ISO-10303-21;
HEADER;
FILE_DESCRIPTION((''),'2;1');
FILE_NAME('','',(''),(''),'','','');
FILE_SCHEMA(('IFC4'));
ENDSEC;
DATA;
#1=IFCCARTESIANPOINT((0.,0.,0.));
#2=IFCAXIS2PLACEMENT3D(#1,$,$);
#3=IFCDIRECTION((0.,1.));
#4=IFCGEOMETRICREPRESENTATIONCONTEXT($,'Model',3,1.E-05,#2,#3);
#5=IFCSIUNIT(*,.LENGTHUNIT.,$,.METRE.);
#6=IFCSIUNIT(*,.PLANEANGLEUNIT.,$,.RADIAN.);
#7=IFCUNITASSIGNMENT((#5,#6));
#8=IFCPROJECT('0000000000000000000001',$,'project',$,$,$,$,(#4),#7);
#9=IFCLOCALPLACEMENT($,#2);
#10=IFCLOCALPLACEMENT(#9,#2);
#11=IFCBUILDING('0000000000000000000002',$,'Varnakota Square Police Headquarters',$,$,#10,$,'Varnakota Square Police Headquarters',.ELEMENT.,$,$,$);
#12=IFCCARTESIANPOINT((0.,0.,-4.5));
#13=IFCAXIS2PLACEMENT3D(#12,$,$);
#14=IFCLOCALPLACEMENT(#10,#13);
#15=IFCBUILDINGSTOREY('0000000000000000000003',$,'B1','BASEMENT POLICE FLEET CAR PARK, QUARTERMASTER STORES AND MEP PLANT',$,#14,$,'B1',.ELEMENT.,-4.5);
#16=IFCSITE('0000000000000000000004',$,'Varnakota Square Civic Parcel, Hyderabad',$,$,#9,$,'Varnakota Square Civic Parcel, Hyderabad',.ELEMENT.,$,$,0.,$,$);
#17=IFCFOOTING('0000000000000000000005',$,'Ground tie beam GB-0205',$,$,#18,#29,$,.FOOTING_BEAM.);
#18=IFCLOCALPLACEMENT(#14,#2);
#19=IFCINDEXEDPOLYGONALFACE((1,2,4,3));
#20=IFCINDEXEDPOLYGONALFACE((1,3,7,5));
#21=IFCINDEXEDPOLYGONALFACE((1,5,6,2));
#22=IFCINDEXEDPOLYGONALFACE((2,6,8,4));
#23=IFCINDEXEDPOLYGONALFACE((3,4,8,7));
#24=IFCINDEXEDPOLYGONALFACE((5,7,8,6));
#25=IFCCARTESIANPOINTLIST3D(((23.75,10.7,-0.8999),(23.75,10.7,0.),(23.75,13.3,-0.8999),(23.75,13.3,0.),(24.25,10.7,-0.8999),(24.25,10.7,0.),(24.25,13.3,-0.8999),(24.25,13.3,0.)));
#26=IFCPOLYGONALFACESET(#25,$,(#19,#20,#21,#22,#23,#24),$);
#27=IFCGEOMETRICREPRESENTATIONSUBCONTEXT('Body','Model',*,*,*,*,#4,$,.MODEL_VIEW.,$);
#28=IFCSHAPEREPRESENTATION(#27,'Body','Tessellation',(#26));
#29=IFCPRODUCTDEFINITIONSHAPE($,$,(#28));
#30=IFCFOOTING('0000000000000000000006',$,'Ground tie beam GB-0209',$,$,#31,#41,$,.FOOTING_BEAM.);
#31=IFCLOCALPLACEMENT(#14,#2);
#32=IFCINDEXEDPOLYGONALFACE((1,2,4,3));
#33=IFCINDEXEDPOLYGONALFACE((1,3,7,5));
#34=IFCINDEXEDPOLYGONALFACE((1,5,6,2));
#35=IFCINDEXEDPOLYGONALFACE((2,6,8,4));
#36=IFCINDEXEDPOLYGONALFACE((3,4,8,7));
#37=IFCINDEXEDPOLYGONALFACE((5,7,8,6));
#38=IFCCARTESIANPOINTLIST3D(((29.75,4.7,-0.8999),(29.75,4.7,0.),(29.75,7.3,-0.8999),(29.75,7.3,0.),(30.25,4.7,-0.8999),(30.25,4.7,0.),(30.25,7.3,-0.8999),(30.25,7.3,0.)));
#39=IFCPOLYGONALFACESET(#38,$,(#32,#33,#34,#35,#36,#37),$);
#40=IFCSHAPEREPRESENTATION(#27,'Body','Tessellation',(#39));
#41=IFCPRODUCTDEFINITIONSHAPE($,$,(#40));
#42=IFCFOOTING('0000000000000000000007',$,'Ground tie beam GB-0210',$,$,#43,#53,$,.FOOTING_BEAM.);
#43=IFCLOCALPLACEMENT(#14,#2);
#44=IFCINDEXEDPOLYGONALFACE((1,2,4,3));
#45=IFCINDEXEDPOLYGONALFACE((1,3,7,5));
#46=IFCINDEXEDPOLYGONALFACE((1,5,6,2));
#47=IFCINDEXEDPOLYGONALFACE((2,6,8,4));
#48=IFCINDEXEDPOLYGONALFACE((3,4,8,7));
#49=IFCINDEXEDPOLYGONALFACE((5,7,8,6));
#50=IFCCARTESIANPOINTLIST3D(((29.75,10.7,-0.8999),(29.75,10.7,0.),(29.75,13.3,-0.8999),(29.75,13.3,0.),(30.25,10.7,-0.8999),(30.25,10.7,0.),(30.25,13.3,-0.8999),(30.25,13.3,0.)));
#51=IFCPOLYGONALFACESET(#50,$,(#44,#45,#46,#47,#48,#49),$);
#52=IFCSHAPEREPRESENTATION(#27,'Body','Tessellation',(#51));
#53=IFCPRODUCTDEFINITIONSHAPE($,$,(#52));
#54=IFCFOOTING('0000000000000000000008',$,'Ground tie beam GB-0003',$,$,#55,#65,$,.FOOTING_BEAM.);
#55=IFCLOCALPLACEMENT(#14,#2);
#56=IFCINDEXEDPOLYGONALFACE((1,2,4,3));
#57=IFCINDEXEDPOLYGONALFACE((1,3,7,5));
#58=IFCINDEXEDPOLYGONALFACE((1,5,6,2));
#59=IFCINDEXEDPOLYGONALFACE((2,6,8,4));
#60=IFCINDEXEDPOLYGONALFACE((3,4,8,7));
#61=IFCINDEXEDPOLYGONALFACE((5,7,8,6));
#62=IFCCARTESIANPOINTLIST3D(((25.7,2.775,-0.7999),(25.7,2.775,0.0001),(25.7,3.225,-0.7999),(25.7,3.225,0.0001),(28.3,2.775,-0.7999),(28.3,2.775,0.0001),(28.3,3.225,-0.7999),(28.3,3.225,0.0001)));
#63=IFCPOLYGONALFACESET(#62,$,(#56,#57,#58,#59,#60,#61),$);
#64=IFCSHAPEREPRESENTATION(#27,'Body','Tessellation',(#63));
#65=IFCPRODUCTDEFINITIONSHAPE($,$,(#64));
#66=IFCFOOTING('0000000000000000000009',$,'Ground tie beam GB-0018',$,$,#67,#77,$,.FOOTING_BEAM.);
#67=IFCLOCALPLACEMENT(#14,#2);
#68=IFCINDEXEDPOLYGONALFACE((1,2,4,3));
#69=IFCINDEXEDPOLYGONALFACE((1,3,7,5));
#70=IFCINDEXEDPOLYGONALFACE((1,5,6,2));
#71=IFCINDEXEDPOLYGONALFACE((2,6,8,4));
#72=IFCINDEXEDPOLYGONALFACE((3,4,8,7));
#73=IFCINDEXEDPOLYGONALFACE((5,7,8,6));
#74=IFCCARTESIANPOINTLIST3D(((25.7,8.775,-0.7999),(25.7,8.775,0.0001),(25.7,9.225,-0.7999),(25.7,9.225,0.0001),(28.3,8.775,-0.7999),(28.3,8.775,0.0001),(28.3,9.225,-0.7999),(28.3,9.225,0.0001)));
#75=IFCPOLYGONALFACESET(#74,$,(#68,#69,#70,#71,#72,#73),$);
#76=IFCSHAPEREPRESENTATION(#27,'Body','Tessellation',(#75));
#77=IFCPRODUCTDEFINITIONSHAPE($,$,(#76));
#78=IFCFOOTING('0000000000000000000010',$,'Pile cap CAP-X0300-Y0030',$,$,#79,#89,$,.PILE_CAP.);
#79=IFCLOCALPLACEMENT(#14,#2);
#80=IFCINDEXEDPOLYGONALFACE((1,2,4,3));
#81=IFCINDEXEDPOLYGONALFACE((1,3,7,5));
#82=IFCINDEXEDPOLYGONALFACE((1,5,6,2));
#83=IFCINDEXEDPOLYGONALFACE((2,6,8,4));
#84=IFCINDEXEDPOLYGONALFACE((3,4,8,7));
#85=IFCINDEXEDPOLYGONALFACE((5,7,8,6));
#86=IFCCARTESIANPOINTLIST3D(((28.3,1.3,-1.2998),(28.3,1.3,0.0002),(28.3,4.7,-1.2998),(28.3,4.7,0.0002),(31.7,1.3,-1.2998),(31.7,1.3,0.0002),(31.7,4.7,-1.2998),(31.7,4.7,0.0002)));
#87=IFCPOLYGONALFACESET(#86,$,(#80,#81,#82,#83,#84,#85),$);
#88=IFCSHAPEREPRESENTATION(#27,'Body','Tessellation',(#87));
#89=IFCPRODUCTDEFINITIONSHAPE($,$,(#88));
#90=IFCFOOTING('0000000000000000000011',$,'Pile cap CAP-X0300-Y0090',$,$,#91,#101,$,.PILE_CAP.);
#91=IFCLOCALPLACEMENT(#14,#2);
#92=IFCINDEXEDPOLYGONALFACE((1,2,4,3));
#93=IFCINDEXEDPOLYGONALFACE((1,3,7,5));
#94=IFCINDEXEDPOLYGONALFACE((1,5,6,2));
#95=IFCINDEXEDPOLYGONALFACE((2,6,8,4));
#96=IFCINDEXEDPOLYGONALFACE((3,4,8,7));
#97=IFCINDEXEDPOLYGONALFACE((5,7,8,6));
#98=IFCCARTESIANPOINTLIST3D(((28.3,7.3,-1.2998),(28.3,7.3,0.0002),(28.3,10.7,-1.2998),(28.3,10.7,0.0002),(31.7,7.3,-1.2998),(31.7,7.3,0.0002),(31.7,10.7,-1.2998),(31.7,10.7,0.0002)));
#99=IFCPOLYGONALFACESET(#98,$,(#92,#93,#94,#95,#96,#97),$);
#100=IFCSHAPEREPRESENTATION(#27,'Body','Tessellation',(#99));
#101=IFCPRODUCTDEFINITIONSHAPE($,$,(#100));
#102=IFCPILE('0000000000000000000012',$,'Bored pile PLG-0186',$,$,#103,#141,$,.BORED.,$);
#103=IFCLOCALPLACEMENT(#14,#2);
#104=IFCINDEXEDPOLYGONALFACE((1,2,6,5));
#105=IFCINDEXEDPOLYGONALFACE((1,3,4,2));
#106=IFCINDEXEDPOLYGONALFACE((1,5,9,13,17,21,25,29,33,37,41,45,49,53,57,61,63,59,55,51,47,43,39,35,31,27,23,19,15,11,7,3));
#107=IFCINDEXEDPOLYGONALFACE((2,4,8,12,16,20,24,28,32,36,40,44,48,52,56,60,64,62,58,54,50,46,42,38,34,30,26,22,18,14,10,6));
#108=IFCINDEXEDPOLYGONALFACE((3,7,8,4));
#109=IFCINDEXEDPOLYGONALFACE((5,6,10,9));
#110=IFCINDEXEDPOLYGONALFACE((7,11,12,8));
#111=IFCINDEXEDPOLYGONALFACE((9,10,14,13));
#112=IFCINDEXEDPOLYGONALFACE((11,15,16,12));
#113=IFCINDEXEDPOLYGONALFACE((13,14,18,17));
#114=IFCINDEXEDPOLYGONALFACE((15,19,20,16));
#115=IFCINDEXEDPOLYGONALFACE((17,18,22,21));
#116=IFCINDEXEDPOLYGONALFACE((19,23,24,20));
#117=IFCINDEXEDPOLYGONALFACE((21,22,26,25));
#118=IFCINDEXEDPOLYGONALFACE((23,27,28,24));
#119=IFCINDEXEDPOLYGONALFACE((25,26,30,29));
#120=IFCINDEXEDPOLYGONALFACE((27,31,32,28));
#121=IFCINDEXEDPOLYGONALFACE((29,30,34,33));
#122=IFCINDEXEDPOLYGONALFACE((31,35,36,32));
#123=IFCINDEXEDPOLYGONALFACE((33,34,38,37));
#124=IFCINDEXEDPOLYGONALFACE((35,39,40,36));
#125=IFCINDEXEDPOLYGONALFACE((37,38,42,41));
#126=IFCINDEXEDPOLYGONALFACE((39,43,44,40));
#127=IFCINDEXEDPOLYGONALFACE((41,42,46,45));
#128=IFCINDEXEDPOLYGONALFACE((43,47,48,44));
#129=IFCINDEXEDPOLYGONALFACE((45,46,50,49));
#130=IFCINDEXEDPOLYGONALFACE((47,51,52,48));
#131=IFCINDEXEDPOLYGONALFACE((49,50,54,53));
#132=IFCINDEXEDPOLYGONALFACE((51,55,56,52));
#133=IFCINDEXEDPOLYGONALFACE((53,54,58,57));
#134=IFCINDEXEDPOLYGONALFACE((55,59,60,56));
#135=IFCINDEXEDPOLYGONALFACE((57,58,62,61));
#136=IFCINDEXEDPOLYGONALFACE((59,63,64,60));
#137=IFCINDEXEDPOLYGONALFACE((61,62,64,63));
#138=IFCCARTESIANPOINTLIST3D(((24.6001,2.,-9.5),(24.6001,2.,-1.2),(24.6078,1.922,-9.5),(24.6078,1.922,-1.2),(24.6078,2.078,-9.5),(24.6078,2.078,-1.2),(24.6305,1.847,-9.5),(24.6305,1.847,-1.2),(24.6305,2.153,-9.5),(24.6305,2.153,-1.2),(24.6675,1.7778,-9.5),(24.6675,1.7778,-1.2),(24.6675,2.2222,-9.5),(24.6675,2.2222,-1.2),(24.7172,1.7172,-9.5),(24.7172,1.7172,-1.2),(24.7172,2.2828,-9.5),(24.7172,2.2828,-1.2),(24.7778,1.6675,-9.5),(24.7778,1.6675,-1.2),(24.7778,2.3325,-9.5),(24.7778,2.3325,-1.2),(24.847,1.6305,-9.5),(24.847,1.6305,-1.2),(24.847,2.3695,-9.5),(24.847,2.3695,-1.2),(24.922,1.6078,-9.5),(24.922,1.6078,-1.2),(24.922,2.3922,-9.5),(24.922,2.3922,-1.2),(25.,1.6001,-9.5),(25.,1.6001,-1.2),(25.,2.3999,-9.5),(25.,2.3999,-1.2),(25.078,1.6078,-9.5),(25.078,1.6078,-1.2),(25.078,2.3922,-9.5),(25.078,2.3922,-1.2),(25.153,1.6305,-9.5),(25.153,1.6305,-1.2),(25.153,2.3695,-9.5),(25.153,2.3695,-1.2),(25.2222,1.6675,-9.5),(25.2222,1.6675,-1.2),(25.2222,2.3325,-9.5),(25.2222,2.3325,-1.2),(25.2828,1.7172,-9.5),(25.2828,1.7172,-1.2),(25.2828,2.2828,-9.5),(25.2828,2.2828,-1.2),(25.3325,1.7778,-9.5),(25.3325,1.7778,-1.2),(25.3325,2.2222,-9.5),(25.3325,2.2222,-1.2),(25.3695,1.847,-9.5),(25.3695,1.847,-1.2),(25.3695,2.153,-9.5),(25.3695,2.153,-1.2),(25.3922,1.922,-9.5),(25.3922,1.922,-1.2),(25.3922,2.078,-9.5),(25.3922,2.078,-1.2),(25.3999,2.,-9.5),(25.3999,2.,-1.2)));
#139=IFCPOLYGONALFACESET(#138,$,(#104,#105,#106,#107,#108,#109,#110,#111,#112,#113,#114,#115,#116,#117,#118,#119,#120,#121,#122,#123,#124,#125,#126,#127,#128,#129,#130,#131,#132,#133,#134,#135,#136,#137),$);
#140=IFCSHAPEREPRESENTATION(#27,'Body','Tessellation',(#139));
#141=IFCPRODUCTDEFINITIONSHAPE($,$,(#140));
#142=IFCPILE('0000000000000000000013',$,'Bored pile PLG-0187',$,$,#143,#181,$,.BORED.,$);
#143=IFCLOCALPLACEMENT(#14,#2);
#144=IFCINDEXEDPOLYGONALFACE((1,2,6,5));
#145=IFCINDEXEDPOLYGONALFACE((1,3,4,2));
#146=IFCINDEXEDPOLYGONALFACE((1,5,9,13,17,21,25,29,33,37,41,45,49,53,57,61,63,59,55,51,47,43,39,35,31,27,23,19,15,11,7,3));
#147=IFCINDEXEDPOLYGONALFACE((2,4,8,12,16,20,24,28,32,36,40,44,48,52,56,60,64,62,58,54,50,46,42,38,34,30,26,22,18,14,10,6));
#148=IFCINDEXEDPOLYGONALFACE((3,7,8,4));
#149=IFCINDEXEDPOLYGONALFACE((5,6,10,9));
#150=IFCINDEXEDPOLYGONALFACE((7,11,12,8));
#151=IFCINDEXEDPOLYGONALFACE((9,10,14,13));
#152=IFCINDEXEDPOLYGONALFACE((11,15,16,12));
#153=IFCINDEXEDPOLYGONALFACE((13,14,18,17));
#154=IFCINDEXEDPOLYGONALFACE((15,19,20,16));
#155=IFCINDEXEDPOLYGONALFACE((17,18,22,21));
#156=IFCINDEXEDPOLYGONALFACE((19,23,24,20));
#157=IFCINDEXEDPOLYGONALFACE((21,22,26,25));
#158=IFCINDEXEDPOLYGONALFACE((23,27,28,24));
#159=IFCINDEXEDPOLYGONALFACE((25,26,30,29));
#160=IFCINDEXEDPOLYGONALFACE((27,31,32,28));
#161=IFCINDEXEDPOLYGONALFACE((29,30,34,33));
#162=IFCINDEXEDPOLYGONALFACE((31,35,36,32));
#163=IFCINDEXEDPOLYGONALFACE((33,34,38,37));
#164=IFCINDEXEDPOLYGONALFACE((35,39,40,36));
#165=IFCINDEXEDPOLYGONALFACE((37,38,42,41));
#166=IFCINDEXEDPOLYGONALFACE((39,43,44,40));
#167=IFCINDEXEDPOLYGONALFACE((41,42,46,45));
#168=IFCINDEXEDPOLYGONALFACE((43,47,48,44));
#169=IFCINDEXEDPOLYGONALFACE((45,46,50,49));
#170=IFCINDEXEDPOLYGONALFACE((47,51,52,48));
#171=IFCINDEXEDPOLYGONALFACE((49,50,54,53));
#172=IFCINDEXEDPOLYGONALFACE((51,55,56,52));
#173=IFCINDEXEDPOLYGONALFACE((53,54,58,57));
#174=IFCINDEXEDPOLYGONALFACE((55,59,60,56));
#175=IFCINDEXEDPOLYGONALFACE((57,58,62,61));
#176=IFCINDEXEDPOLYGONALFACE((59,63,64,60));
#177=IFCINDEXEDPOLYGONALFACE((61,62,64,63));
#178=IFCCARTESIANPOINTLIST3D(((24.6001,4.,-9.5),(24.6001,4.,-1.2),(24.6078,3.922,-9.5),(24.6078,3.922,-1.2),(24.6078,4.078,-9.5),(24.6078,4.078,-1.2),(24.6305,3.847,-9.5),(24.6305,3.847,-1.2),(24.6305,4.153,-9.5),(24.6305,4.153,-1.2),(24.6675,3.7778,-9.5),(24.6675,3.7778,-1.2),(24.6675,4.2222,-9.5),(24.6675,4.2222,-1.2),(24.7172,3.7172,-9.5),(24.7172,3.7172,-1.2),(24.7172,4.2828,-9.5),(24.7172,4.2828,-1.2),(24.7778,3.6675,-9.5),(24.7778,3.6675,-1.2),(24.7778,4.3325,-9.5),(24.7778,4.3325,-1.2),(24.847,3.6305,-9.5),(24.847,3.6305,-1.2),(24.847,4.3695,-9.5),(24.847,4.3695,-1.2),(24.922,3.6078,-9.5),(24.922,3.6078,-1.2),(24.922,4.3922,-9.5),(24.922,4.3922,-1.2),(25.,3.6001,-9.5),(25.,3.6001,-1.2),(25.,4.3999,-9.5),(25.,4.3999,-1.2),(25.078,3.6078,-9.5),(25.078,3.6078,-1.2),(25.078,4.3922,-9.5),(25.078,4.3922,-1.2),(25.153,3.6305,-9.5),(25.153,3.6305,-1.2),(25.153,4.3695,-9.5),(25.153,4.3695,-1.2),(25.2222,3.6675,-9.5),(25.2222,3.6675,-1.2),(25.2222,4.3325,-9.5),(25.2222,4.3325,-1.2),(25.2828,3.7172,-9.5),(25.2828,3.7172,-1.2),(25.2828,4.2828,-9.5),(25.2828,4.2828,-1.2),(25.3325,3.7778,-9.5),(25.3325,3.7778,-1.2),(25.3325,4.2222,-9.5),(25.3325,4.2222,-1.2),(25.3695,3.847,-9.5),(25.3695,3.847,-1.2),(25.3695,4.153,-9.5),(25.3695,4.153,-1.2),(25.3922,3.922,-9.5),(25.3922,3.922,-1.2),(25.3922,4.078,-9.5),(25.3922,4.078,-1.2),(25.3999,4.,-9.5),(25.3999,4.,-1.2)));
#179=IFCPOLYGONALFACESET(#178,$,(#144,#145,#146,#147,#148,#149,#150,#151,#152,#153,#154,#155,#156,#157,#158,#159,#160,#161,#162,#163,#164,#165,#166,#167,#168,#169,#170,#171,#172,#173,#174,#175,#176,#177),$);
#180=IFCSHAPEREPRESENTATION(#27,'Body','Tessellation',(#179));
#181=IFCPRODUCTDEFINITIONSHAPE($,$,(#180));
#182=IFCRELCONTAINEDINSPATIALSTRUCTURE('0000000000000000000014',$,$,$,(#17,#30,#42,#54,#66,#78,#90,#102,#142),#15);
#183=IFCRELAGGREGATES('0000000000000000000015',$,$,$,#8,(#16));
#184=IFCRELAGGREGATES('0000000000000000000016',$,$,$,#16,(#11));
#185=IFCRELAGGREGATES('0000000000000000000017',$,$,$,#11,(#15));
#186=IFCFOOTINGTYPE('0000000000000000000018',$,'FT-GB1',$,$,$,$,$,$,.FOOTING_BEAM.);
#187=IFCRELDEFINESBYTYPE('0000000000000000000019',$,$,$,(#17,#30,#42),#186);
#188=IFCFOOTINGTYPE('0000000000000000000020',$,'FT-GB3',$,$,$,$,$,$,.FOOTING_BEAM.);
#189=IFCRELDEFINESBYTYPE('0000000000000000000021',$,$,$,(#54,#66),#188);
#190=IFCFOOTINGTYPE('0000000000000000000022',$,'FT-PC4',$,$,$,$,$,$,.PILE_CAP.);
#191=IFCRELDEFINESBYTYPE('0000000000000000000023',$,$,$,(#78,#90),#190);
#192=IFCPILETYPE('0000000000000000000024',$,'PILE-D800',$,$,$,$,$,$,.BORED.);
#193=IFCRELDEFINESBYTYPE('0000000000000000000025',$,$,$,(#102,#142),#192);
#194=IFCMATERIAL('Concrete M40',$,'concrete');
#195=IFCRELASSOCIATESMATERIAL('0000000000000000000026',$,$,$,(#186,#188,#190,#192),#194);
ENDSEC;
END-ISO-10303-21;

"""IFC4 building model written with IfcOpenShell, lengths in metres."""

from ifc_helpers import new_model, si_unit, direction, frame, origin, origin_2d, place, context, subcontext, project, spatial, rectangle, circle, extrude, material, material_profile, profile_set, type_object, element, save


model = new_model("IFC4")

# Units and contexts
model_context = context("Model", 3, precision=1e-05, world=origin(), true_north=direction((0.0, 1.0)))
body_context = subcontext(model_context, "Body", "Model", "MODEL_VIEW")
ifc_project = project(units=[si_unit("LENGTHUNIT", "METRE"), si_unit("PLANEANGLEUNIT", "RADIAN")], contexts=[model_context])

# Site, building, storey
site_placement = place(None, origin())
site = spatial("IfcSite", under=ifc_project, at=site_placement, Name="Varnakota Square Civic Parcel, Hyderabad", LongName="Varnakota Square Civic Parcel, Hyderabad", CompositionType="ELEMENT", RefElevation=0.0)
building_placement = place(site_placement, origin())
building = spatial("IfcBuilding", under=site, at=building_placement, Name="Varnakota Square Police Headquarters", LongName="Varnakota Square Police Headquarters", CompositionType="ELEMENT")
storey_placement = place(building_placement, frame((0.0, 0.0, -4.5)))
storey = spatial("IfcBuildingStorey", under=building, at=storey_placement, Name="B1", Description="BASEMENT POLICE FLEET CAR PARK, QUARTERMASTER STORES AND MEP PLANT", LongName="B1", CompositionType="ELEMENT", Elevation=-4.5)

# Footings
ifc_material_1 = material(Name="Concrete M40", Category="concrete")
ifc_material_profile_1 = material_profile(ifc_material_1, rectangle(XDim=0.5, YDim=0.8999, at=origin_2d()), Name="GB 500x900")
ifc_profile_set_1 = profile_set([ifc_material_profile_1], Name="Concrete M40")
footing_type_1 = type_object("IfcFootingType", Name="FT-GB1", PredefinedType="FOOTING_BEAM", material=ifc_profile_set_1)
for number, where, z_axis, x_axis, name in (
    (1, (24.0, 10.7, -0.45), (0.0, 1.0, 0.0), (-1.0, 0.0, 0.0), "Ground tie beam GB-0205"),
    (2, (30.0, 4.7, -0.45), (0.0, 1.0, 0.0), (-1.0, 0.0, 0.0), "Ground tie beam GB-0209"),
    (3, (30.0, 10.7, -0.45), (0.0, 1.0, 0.0), (-1.0, 0.0, 0.0), "Ground tie beam GB-0210"),
):
    element("IfcFooting", number, at=place(storey_placement, frame(where, z_axis=z_axis, x_axis=x_axis)), inside=storey, type_object=footing_type_1, Name=name, PredefinedType="FOOTING_BEAM", context=body_context, shape_type="SweptSolid", body=[
        extrude(rectangle(XDim=0.5, YDim=0.8999, at=origin_2d()), origin(), (0.0, 0.0, 1.0), 2.6001),
    ])
ifc_material_profile_2 = material_profile(ifc_material_1, rectangle(XDim=0.45, YDim=0.8, at=origin_2d()), Name="GB 450x800")
ifc_profile_set_2 = profile_set([ifc_material_profile_2], Name="Concrete M40")
footing_type_2 = type_object("IfcFootingType", Name="FT-GB3", PredefinedType="FOOTING_BEAM", material=ifc_profile_set_2)
for number, where, z_axis, x_axis, name in (
    (4, (25.7, 3.0, -0.3999), (1.0, 0.0, 0.0), (0.0, 1.0, 0.0), "Ground tie beam GB-0003"),
    (5, (25.7, 9.0, -0.3999), (1.0, 0.0, 0.0), (0.0, 1.0, 0.0), "Ground tie beam GB-0018"),
):
    element("IfcFooting", number, at=place(storey_placement, frame(where, z_axis=z_axis, x_axis=x_axis)), inside=storey, type_object=footing_type_2, Name=name, PredefinedType="FOOTING_BEAM", context=body_context, shape_type="SweptSolid", body=[
        extrude(rectangle(XDim=0.45, YDim=0.8, at=origin_2d()), origin(), (0.0, 0.0, 1.0), 2.6001),
    ])
footing_type_3 = type_object("IfcFootingType", Name="FT-PC4", PredefinedType="PILE_CAP", material=ifc_material_1)
for number, where, z_axis, x_axis, name in (
    (6, (30.0, 3.0, -1.2998), (0.0, 0.0, 1.0), (1.0, 0.0, 0.0), "Pile cap CAP-X0300-Y0030"),
    (7, (30.0, 9.0, -1.2998), (0.0, 0.0, 1.0), (1.0, 0.0, 0.0), "Pile cap CAP-X0300-Y0090"),
):
    element("IfcFooting", number, at=place(storey_placement, frame(where, z_axis=z_axis, x_axis=x_axis)), inside=storey, type_object=footing_type_3, Name=name, PredefinedType="PILE_CAP", context=body_context, shape_type="SweptSolid", body=[
        extrude(rectangle(XDim=3.3999, YDim=3.3999, at=origin_2d()), origin(), (0.0, 0.0, 1.0), 1.3),
    ])

# Piles
ifc_material_profile_3 = material_profile(ifc_material_1, circle(Radius=0.3999, at=origin_2d()), Name="BORED PILE 800")
ifc_profile_set_3 = profile_set([ifc_material_profile_3], Name="Concrete M40")
pile_type = type_object("IfcPileType", Name="PILE-D800", PredefinedType="BORED", material=ifc_profile_set_3)
for number, where, z_axis, x_axis, name in (
    (8, (25.0, 2.0, -1.2), (0.0, 0.0, -1.0), (1.0, 0.0, 0.0), "Bored pile PLG-0186"),
    (9, (25.0, 4.0, -1.2), (0.0, 0.0, -1.0), (1.0, 0.0, 0.0), "Bored pile PLG-0187"),
):
    element("IfcPile", number, at=place(storey_placement, frame(where, z_axis=z_axis, x_axis=x_axis)), inside=storey, type_object=pile_type, Name=name, PredefinedType="BORED", context=body_context, shape_type="SweptSolid", body=[
        extrude(circle(Radius=0.3999, at=origin_2d()), origin(), (0.0, 0.0, 1.0), 8.3),
    ])

save(model, "model.ifc")
